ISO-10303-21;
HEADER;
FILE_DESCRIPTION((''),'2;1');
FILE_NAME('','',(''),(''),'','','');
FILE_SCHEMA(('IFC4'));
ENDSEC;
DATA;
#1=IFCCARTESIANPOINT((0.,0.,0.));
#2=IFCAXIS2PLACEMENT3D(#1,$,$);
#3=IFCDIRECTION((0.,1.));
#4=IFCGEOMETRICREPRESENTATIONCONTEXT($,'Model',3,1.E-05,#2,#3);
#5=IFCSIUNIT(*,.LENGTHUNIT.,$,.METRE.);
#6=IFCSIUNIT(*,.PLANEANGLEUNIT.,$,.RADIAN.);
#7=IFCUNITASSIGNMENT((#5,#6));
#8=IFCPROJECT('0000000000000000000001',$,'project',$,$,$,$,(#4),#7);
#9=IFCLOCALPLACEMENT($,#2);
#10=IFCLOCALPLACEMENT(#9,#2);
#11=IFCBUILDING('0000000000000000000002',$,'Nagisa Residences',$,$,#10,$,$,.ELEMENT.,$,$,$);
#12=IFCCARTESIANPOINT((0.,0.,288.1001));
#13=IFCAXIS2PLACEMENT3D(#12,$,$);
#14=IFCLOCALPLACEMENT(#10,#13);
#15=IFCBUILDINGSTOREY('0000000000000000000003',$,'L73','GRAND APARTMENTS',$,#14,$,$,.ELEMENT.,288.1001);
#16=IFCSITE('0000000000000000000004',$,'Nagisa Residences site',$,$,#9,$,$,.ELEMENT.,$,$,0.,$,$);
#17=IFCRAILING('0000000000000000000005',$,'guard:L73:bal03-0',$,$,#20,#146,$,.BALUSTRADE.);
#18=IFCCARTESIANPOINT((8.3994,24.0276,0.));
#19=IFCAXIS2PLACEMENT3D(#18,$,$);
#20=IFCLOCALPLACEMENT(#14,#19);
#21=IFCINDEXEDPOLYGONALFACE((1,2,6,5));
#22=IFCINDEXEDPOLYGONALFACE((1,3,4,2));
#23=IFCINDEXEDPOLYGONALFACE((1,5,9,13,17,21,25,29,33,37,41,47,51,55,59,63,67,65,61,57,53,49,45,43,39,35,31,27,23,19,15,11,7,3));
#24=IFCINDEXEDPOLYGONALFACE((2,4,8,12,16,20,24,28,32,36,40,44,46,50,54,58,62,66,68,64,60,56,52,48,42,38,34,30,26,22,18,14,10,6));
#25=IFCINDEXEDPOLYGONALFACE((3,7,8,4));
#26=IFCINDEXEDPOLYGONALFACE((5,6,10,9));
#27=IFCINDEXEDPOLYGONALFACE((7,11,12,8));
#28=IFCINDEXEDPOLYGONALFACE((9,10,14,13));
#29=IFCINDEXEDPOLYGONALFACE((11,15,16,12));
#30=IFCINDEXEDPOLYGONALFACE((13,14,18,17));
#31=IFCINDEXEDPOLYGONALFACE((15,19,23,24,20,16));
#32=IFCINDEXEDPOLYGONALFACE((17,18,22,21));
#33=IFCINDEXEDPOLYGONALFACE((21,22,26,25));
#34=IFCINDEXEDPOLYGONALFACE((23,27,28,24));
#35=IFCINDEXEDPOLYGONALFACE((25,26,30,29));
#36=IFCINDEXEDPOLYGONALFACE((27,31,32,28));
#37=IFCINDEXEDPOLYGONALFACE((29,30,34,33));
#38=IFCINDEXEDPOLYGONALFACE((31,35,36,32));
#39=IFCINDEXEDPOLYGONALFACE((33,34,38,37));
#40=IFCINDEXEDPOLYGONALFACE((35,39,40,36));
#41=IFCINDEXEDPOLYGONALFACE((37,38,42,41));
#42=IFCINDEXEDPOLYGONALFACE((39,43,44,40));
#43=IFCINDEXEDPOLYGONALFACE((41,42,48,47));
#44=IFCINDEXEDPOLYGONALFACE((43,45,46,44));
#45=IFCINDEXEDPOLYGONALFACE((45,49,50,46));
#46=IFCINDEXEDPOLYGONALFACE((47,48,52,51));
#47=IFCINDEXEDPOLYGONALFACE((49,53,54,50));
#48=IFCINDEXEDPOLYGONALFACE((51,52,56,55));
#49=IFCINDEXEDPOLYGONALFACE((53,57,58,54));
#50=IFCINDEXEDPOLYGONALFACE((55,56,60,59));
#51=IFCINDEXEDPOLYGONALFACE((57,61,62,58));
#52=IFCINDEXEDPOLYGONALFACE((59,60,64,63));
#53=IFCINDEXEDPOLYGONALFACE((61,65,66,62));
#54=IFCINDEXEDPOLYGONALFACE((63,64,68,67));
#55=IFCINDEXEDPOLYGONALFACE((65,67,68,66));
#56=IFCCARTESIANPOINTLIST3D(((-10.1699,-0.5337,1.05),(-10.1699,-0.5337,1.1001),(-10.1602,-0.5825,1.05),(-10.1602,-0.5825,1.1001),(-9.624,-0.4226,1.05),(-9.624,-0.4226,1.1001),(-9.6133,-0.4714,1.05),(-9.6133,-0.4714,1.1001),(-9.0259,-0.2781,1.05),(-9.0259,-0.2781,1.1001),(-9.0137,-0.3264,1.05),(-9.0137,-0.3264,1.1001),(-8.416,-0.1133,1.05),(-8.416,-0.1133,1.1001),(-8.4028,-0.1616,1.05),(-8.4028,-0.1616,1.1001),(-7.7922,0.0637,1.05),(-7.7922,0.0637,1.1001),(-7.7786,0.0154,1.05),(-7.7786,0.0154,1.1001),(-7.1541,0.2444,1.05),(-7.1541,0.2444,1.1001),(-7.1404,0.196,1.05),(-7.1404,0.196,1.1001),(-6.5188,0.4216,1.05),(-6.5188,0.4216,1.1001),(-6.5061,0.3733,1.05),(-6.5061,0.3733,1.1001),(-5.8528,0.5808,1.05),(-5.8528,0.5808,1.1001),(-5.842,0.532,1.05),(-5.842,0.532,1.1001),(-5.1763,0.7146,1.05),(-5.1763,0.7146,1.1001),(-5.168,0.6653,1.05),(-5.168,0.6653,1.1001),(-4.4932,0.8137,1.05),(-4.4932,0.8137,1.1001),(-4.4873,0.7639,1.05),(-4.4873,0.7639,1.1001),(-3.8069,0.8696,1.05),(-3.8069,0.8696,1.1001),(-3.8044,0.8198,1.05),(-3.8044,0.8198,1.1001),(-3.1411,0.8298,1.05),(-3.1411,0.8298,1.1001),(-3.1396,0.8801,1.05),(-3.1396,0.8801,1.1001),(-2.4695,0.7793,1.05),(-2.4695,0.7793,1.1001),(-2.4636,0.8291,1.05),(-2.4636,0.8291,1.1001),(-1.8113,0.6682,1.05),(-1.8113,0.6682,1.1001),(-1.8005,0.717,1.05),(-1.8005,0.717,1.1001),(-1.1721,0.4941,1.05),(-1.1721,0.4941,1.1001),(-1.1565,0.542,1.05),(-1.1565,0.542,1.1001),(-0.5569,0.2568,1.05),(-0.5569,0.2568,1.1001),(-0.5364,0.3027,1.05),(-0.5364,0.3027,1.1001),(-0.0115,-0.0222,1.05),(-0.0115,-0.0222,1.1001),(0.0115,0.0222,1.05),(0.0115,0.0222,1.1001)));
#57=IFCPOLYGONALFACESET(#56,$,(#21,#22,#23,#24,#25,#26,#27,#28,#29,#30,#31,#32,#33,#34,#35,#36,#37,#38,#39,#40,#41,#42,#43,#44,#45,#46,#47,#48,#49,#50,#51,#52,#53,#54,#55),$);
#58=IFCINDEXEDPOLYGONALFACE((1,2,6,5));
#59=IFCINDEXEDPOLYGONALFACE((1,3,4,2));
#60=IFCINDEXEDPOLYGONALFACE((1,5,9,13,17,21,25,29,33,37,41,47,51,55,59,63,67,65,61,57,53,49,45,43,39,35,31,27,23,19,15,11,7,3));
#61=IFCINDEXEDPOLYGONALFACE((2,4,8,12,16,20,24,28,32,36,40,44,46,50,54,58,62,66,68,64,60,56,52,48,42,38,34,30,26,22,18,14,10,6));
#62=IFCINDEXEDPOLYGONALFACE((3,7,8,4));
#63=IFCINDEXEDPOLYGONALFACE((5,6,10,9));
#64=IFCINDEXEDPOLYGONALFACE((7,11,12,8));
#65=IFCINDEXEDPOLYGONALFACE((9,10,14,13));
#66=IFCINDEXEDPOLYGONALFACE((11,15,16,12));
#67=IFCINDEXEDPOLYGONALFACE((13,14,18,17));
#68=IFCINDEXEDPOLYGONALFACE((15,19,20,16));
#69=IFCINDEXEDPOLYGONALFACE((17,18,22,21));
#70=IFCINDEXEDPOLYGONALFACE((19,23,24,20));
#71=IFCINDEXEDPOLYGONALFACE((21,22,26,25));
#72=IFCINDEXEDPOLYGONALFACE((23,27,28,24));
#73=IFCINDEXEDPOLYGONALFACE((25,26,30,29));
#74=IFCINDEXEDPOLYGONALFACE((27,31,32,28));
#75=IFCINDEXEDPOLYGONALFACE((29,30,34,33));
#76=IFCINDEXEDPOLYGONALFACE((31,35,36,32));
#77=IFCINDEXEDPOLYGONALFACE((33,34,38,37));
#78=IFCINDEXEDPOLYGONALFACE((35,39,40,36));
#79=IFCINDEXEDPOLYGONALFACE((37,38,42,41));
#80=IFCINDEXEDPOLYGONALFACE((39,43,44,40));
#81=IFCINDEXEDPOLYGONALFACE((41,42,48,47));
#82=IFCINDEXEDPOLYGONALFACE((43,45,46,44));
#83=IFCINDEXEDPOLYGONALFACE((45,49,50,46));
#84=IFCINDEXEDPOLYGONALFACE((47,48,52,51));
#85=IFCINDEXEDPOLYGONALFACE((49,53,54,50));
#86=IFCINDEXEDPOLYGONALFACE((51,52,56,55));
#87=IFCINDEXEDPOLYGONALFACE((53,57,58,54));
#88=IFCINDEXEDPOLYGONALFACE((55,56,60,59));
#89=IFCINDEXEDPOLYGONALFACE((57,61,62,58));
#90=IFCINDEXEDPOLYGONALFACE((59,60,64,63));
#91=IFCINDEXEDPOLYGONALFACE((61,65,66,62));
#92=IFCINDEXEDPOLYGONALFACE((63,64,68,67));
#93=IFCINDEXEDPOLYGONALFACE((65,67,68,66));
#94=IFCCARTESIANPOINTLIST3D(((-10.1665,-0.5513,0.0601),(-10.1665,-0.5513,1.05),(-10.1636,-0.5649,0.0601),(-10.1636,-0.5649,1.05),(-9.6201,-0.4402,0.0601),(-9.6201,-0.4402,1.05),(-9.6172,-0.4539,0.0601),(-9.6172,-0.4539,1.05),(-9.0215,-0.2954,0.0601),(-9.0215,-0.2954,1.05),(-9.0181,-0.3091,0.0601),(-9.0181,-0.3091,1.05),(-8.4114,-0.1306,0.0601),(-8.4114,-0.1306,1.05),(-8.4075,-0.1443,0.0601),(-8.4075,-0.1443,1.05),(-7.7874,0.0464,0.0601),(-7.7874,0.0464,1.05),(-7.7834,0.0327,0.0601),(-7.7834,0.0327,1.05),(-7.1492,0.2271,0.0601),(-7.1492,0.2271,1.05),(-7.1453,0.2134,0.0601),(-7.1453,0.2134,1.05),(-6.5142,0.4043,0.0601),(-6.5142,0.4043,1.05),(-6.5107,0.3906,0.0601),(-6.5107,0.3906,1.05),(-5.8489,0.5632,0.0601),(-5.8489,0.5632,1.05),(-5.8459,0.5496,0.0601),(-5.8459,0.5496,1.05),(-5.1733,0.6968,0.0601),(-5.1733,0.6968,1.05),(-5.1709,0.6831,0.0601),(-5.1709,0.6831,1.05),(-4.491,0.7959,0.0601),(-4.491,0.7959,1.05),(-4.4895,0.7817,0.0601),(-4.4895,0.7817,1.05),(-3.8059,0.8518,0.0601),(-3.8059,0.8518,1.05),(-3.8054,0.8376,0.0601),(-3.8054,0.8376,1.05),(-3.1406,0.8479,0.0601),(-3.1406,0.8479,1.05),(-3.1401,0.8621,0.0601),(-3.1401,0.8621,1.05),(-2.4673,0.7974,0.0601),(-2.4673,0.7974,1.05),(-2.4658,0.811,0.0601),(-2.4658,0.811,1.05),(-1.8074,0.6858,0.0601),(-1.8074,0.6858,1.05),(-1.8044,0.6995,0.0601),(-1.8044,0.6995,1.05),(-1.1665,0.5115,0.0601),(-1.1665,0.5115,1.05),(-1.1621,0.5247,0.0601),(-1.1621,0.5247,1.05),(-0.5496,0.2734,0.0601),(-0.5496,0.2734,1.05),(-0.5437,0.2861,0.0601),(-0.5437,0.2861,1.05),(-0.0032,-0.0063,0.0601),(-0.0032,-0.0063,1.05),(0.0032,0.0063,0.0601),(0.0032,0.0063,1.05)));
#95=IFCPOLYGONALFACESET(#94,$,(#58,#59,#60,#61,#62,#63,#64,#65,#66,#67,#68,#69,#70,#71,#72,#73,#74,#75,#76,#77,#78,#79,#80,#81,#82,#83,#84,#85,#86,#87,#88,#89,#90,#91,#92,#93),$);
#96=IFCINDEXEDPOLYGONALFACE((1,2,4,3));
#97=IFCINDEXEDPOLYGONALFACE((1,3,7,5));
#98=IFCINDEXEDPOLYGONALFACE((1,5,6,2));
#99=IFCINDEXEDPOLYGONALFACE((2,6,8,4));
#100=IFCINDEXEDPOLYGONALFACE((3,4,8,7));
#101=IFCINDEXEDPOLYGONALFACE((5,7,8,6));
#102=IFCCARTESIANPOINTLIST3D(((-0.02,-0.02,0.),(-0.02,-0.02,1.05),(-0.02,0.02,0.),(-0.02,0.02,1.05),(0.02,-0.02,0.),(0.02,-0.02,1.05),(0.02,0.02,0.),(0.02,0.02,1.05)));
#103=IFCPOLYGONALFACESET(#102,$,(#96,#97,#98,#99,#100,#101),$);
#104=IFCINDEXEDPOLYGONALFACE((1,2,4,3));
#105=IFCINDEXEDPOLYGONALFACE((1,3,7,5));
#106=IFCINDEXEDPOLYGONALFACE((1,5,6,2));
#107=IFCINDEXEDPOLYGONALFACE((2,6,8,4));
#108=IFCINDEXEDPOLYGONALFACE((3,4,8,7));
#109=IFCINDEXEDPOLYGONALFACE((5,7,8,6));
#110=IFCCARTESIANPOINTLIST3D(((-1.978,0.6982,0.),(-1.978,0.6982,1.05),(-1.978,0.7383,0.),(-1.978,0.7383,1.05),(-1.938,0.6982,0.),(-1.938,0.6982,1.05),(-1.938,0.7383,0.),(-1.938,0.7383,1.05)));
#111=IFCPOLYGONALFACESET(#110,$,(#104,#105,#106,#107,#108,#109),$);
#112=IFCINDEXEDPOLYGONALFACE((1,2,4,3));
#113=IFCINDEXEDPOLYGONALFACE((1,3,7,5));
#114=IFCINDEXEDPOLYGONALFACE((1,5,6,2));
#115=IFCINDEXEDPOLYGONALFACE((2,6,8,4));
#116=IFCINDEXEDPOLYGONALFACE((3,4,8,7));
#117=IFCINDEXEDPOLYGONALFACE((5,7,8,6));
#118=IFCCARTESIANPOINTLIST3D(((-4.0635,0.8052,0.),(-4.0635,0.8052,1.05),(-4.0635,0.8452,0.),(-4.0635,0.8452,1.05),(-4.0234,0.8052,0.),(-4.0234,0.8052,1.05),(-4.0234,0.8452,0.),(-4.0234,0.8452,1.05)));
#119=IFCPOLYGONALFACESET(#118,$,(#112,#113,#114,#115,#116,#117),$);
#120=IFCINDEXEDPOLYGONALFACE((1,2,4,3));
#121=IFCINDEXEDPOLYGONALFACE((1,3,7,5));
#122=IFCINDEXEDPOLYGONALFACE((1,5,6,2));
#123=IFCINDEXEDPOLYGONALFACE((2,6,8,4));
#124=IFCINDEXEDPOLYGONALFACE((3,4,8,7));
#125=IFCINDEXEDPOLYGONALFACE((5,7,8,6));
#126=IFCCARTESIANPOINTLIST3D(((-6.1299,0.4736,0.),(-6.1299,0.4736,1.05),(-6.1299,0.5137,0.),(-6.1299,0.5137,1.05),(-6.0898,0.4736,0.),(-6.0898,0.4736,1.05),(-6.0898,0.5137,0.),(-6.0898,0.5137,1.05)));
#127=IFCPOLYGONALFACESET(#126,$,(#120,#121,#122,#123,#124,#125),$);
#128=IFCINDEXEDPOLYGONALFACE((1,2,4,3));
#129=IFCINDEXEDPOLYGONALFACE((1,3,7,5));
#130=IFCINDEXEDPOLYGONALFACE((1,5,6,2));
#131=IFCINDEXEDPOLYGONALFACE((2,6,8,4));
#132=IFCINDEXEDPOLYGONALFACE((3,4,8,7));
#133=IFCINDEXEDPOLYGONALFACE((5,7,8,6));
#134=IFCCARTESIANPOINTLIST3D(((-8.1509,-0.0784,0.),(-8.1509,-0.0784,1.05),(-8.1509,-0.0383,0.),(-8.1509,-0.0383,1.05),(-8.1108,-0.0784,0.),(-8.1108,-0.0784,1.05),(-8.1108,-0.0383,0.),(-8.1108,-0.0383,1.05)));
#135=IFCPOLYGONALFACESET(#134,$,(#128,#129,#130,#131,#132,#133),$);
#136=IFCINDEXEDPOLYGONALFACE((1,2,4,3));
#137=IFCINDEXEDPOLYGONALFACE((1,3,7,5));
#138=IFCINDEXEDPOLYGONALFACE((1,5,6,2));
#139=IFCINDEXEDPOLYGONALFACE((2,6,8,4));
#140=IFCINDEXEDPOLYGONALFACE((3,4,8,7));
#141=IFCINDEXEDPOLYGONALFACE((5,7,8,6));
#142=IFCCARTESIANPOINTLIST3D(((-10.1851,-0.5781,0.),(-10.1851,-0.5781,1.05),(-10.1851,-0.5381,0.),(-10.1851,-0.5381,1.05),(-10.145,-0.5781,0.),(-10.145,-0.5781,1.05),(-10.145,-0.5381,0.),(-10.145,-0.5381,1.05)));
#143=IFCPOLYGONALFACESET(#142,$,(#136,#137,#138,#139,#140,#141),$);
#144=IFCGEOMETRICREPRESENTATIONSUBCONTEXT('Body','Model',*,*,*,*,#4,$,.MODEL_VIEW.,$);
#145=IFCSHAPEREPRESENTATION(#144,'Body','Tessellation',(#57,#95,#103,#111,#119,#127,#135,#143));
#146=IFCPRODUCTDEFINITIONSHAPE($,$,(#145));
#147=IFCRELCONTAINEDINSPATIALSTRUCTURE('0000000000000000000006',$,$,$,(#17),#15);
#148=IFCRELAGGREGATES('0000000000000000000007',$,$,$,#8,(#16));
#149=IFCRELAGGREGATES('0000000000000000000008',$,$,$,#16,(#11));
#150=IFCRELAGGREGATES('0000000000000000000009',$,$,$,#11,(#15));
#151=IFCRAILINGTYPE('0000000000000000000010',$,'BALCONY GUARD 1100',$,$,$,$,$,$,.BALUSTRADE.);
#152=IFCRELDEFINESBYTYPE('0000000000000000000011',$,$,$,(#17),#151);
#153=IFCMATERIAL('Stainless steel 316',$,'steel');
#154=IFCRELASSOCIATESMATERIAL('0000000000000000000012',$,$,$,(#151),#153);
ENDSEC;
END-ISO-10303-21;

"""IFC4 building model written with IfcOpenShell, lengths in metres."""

from ifc_helpers import new_model, si_unit, direction, frame, origin, origin_2d, place, context, subcontext, project, spatial, polyline, rectangle, outline, extrude, material, type_object, element, save


model = new_model("IFC4")

# Units and contexts
model_context = context("Model", 3, precision=1e-05, world=origin(), true_north=direction((0.0, 1.0)))
body_context = subcontext(model_context, "Body", "Model", "MODEL_VIEW")
ifc_project = project(units=[si_unit("LENGTHUNIT", "METRE"), si_unit("PLANEANGLEUNIT", "RADIAN")], contexts=[model_context])

# Site, building, storey
site_placement = place(None, origin())
site = spatial("IfcSite", under=ifc_project, at=site_placement, Name="Nagisa Residences site", CompositionType="ELEMENT", RefElevation=0.0)
building_placement = place(site_placement, origin())
building = spatial("IfcBuilding", under=site, at=building_placement, Name="Nagisa Residences", CompositionType="ELEMENT")
storey_placement = place(building_placement, frame((0.0, 0.0, 288.1001)))
storey = spatial("IfcBuildingStorey", under=building, at=storey_placement, Name="L73", Description="GRAND APARTMENTS", CompositionType="ELEMENT", Elevation=288.1001)

# Railing
ifc_material_1 = material(Name="Stainless steel 316", Category="steel")
railing_type = type_object("IfcRailingType", Name="BALCONY GUARD 1100", PredefinedType="BALUSTRADE", material=ifc_material_1)
railing_1_placement = place(storey_placement, frame((8.3994, 24.0276, 0.0)))
element("IfcRailing", 1, at=railing_1_placement, inside=storey, type_object=railing_type, Name="guard:L73:bal03-0", PredefinedType="BALUSTRADE", context=body_context, shape_type="SweptSolid", body=[
    extrude(outline(polyline([(-0.5569, 0.2568), (-0.0115, -0.0222), (0.0115, 0.0222), (-0.5364, 0.3027), (-1.1565, 0.542), (-1.8005, 0.717), (-2.4636, 0.8291), (-3.1396, 0.8801), (-3.8069, 0.8696), (-4.4932, 0.8137), (-5.1763, 0.7146), (-5.8528, 0.5808), (-6.5188, 0.4216), (-7.1541, 0.2444), (-7.7922, 0.0637), (-8.416, -0.1133), (-9.0259, -0.2781), (-9.624, -0.4226), (-10.1699, -0.5337), (-10.1602, -0.5825), (-9.6133, -0.4714), (-9.0137, -0.3264), (-8.4028, -0.1616), (-7.7786, 0.0154), (-7.1404, 0.196), (-6.5061, 0.3733), (-5.842, 0.532), (-5.168, 0.6653), (-4.4873, 0.7639), (-3.8044, 0.8198), (-3.1411, 0.8298), (-2.4695, 0.7793), (-1.8113, 0.6682), (-1.1721, 0.4941), (-0.5569, 0.2568)])), frame((0.0, 0.0, 1.05)), (0.0, 0.0, 1.0), 0.05),
    extrude(outline(polyline([(-0.5496, 0.2734), (-0.0032, -0.0063), (0.0032, 0.0063), (-0.5437, 0.2861), (-1.1621, 0.5247), (-1.8044, 0.6995), (-2.4658, 0.811), (-3.1401, 0.8621), (-3.8059, 0.8518), (-4.491, 0.7959), (-5.1733, 0.6968), (-5.8489, 0.5632), (-6.5142, 0.4043), (-7.1492, 0.2271), (-7.7874, 0.0464), (-8.4114, -0.1306), (-9.0215, -0.2954), (-9.6201, -0.4402), (-10.1665, -0.5513), (-10.1636, -0.5649), (-9.6172, -0.4539), (-9.0181, -0.3091), (-8.4075, -0.1443), (-7.7834, 0.0327), (-7.1453, 0.2134), (-6.5107, 0.3906), (-5.8459, 0.5496), (-5.1709, 0.6831), (-4.4895, 0.7817), (-3.8054, 0.8376), (-3.1406, 0.8479), (-2.4673, 0.7974), (-1.8074, 0.6858), (-1.1665, 0.5115), (-0.5496, 0.2734)])), frame((0.0, 0.0, 0.0601)), (0.0, 0.0, 1.0), 0.99),
    extrude(rectangle(XDim=0.04, YDim=0.04, at=origin_2d()), origin(), (0.0, 0.0, 1.0), 1.05),
    extrude(rectangle(XDim=0.04, YDim=0.04, at=origin_2d()), frame((-1.958, 0.7183, 0.0)), (0.0, 0.0, 1.0), 1.05),
    extrude(rectangle(XDim=0.04, YDim=0.04, at=origin_2d()), frame((-4.0435, 0.8252, 0.0)), (0.0, 0.0, 1.0), 1.05),
    extrude(rectangle(XDim=0.04, YDim=0.04, at=origin_2d()), frame((-6.1099, 0.4937, 0.0)), (0.0, 0.0, 1.0), 1.05),
    extrude(rectangle(XDim=0.04, YDim=0.04, at=origin_2d()), frame((-8.1309, -0.0583, 0.0)), (0.0, 0.0, 1.0), 1.05),
    extrude(rectangle(XDim=0.04, YDim=0.04, at=origin_2d()), frame((-10.165, -0.5581, 0.0)), (0.0, 0.0, 1.0), 1.05),
])

save(model, "model.ifc")
